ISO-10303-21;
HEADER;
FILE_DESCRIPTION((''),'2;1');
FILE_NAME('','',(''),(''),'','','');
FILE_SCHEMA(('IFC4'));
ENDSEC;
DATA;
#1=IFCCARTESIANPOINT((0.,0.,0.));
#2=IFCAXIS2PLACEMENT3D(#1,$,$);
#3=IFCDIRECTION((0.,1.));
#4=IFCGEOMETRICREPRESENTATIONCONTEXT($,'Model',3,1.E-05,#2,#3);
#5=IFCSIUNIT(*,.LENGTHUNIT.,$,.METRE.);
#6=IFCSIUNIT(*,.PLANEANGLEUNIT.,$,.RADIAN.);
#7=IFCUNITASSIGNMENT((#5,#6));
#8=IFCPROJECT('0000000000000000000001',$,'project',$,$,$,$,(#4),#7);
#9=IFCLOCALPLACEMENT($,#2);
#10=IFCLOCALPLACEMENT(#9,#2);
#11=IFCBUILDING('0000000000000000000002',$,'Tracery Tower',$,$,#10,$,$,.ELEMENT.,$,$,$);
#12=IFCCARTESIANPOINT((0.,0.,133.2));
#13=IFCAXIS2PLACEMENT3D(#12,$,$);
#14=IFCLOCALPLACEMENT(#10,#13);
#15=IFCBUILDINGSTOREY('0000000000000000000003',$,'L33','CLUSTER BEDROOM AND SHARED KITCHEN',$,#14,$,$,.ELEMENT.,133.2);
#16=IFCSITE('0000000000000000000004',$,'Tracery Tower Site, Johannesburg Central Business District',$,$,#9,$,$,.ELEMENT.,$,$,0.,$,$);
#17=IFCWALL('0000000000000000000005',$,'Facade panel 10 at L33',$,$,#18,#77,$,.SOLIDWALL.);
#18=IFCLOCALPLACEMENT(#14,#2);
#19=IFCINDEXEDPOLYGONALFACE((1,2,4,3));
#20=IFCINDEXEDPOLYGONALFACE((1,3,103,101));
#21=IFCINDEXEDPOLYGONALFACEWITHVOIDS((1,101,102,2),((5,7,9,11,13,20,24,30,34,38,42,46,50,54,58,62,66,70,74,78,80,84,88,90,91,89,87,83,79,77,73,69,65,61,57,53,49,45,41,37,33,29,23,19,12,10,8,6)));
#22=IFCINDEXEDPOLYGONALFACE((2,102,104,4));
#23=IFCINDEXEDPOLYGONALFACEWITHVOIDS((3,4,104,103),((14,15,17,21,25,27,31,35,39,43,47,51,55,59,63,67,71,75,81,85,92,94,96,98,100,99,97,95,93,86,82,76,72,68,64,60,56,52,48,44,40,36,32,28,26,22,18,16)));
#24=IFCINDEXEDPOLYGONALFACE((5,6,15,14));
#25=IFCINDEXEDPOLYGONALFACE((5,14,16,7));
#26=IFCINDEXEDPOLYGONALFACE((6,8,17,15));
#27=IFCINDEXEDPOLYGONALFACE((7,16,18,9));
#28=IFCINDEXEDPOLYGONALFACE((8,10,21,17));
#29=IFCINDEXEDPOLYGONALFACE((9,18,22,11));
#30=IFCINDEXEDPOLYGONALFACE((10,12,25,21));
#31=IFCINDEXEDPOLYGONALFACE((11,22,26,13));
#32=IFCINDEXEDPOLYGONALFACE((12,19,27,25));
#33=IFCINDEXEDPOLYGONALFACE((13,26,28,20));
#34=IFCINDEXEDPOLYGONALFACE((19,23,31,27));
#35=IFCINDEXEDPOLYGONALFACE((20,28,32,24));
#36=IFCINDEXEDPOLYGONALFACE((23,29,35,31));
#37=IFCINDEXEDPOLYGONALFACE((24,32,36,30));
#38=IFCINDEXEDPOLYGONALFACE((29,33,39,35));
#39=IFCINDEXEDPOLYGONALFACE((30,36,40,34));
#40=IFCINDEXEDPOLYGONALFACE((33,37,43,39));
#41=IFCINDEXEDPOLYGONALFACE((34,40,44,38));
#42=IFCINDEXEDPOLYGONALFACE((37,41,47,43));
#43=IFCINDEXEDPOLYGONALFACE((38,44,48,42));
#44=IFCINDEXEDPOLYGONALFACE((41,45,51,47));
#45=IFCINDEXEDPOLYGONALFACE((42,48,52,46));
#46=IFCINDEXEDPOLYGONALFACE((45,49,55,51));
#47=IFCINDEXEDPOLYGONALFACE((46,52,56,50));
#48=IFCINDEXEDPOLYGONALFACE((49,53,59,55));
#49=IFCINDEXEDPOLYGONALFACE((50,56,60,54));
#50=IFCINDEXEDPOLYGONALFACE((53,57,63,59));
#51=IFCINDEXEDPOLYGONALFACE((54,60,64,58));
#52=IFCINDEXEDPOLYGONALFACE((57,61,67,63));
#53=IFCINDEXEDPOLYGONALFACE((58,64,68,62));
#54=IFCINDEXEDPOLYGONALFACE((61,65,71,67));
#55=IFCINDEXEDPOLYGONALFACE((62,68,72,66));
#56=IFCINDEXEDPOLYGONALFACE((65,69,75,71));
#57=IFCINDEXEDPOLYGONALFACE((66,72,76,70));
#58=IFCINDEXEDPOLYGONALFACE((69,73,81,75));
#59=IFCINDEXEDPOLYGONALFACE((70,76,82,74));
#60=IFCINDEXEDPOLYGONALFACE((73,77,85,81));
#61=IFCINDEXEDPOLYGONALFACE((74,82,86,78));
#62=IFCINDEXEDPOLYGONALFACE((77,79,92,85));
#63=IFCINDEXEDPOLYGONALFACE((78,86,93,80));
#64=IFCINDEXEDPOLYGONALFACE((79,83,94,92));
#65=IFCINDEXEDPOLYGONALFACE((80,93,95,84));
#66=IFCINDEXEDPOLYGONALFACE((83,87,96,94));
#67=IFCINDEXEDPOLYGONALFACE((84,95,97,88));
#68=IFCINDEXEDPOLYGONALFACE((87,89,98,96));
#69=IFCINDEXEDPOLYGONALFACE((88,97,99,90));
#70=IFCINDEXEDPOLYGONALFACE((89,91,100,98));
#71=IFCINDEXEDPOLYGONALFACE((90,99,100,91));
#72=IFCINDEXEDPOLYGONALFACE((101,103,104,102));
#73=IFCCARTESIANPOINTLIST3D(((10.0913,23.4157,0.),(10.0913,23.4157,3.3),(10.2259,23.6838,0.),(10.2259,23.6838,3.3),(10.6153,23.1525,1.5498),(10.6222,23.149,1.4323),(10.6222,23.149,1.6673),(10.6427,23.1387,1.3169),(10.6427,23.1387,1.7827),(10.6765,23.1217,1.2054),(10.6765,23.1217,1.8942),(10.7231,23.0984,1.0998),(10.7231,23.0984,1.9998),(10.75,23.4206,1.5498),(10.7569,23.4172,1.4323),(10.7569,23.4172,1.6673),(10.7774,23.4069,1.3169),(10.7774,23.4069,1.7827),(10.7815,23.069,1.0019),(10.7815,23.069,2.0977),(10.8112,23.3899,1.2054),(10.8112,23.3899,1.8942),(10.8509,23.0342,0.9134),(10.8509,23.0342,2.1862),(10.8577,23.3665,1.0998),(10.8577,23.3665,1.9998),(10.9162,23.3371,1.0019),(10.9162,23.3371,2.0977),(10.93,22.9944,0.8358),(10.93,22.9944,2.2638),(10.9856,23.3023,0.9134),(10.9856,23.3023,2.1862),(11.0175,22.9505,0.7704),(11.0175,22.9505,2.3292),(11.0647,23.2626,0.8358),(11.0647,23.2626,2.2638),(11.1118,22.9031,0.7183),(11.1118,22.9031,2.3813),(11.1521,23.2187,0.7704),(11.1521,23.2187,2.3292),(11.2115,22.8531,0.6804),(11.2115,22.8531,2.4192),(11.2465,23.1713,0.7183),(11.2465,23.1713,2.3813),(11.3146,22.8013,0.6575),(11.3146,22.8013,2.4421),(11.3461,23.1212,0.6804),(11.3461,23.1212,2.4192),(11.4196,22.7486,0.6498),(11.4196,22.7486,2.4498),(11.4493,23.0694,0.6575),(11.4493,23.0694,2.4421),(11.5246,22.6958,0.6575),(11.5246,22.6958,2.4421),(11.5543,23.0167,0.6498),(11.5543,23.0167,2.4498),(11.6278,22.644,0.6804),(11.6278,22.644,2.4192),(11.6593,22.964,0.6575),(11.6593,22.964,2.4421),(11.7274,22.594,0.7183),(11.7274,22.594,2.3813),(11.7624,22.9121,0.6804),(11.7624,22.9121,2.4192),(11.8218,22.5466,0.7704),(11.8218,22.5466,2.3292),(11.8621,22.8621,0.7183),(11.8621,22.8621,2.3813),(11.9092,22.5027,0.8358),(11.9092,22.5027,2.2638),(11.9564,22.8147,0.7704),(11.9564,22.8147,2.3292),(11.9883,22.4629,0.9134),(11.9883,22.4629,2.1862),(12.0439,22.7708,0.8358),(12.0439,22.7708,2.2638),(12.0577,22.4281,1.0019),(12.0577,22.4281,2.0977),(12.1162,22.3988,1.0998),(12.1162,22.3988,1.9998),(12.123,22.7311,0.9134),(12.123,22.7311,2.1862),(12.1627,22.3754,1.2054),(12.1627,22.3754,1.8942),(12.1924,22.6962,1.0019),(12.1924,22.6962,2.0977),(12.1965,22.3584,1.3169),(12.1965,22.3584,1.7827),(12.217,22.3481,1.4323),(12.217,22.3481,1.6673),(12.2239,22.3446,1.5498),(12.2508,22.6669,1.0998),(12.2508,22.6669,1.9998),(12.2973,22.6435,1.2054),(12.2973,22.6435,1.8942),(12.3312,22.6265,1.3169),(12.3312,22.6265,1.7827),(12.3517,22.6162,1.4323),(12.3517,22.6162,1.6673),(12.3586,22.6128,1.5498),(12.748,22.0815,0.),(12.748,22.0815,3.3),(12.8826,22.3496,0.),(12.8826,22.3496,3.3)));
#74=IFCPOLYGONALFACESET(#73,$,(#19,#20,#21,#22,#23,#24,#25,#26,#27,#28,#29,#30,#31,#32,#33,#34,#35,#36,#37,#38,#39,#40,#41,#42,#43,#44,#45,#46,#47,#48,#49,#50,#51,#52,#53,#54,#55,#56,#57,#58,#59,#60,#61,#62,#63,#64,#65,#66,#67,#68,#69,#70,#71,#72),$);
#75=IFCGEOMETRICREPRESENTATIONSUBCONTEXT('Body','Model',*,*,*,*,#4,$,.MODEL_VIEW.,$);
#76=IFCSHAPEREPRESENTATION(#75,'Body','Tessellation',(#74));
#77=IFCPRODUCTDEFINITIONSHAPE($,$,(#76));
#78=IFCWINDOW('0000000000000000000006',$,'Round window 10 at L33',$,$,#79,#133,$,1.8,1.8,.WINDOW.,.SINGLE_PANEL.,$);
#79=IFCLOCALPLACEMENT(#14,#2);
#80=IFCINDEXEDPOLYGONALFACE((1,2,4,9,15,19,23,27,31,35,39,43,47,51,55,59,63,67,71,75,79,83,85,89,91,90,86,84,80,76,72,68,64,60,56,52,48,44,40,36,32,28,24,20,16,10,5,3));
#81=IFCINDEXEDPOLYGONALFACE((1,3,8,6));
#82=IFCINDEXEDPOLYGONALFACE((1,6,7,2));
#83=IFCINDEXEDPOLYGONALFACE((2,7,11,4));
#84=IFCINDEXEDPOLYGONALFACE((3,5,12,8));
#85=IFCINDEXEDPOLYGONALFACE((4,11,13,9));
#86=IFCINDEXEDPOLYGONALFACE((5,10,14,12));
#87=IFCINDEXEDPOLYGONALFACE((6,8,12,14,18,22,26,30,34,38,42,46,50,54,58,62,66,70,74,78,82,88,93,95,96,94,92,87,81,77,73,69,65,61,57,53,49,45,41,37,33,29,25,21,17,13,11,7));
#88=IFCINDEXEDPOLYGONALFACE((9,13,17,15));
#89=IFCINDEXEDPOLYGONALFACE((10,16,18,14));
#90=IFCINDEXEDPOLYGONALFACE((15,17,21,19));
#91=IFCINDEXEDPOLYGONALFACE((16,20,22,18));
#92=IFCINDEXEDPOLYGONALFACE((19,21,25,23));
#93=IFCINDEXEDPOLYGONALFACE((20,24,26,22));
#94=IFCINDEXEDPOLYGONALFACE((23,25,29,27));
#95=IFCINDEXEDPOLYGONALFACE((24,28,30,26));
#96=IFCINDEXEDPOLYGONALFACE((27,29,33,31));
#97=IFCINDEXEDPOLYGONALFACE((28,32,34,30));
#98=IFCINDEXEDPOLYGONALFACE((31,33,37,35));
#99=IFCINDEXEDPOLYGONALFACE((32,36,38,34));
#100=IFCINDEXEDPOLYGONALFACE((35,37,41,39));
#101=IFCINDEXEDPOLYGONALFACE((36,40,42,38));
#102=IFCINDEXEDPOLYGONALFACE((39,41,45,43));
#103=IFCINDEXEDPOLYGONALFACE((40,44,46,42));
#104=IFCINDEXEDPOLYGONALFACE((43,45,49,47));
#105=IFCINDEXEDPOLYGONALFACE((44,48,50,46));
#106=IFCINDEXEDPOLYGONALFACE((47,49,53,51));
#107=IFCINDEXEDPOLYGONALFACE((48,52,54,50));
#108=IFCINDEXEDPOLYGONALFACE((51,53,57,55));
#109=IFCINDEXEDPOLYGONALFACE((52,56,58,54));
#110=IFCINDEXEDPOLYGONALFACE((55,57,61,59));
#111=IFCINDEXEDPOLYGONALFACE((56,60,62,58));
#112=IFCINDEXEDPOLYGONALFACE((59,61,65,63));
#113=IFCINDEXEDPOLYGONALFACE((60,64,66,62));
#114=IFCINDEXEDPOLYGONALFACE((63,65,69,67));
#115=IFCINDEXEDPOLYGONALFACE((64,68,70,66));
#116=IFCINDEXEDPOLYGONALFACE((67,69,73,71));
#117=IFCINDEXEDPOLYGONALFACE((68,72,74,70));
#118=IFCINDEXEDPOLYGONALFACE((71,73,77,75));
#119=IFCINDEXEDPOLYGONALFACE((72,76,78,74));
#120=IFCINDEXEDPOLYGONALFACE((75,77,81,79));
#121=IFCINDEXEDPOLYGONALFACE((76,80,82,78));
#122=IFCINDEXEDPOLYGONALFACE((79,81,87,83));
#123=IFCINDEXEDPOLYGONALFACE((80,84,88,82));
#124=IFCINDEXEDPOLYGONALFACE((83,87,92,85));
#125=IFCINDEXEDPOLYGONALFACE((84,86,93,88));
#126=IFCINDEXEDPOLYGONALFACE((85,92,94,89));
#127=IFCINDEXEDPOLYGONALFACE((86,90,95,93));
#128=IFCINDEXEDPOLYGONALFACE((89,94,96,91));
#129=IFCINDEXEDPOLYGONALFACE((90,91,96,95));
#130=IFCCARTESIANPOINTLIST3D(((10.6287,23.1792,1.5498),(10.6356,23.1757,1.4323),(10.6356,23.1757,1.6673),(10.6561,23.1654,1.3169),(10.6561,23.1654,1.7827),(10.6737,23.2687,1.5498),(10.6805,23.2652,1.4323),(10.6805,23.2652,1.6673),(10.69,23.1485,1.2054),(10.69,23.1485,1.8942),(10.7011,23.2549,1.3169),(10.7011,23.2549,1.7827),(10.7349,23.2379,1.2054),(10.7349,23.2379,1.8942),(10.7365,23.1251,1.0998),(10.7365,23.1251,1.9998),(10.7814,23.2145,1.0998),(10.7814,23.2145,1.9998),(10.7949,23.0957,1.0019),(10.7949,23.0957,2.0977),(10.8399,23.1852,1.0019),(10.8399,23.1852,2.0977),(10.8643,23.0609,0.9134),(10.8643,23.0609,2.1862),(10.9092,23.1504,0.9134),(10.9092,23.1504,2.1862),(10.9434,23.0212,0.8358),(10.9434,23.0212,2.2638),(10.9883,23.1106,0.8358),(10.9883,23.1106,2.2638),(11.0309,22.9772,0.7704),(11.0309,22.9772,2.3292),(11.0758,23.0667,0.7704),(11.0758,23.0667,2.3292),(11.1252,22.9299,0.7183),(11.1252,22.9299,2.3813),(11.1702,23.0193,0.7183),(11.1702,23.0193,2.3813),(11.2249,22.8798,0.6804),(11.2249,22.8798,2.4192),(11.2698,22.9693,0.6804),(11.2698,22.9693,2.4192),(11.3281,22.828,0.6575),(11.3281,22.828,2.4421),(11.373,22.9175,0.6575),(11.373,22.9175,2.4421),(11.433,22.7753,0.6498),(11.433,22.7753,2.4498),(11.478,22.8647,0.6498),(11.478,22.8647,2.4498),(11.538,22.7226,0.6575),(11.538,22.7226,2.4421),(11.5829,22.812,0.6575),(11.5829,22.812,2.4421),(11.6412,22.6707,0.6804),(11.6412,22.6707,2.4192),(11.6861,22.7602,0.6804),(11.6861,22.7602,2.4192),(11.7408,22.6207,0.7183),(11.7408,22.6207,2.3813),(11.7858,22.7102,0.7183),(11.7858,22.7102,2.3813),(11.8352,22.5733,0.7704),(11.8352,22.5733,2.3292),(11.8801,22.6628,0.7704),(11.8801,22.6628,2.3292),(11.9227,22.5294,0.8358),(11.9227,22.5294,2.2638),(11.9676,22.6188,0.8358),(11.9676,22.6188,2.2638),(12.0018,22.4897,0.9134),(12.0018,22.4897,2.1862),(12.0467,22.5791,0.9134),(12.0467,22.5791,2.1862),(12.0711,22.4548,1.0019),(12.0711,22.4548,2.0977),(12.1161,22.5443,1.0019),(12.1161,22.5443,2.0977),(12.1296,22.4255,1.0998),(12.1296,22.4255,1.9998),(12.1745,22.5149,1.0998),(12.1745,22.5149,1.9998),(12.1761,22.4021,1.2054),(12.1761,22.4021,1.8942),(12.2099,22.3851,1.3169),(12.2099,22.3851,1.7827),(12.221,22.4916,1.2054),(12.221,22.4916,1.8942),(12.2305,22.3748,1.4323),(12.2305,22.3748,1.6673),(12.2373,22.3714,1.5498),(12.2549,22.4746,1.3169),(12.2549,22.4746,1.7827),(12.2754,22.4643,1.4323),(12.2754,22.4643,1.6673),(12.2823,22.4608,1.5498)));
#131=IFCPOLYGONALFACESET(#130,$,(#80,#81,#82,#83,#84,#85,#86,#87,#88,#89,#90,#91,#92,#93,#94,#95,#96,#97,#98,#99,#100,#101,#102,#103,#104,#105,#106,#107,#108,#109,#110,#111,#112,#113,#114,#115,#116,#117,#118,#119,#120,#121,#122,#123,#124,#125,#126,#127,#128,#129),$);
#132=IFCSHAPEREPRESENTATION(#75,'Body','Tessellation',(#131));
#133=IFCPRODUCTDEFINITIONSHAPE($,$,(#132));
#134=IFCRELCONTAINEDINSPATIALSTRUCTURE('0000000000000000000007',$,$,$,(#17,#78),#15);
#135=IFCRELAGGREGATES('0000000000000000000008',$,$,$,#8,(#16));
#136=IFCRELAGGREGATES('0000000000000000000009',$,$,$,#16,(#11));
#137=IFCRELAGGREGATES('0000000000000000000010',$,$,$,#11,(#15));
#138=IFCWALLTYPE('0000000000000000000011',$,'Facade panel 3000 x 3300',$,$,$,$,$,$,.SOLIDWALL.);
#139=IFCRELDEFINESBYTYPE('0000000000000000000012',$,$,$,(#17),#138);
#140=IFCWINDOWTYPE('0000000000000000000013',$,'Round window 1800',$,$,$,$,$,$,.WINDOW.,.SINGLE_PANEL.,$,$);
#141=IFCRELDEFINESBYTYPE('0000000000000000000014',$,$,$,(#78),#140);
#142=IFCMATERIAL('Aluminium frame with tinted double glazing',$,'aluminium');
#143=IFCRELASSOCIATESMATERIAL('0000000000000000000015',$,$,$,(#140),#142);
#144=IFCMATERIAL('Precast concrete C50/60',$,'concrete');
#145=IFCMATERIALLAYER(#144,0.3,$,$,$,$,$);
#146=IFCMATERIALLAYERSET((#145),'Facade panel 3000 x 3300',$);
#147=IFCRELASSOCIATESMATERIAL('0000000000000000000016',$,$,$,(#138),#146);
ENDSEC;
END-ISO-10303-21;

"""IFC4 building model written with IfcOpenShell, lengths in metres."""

from ifc_helpers import new_model, si_unit, direction, frame, frame_2d, origin, origin_2d, place, context, subcontext, project, spatial, rectangle, circle, extrude, material, layer, layer_set, type_object, element, fill, save


model = new_model("IFC4")

# Units and contexts
model_context = context("Model", 3, precision=1e-05, world=origin(), true_north=direction((0.0, 1.0)))
body_context = subcontext(model_context, "Body", "Model", "MODEL_VIEW")
ifc_project = project(units=[si_unit("LENGTHUNIT", "METRE"), si_unit("PLANEANGLEUNIT", "RADIAN")], contexts=[model_context])

# Site, building, storey
site_placement = place(None, origin())
site = spatial("IfcSite", under=ifc_project, at=site_placement, Name="Tracery Tower Site, Johannesburg Central Business District", CompositionType="ELEMENT", RefElevation=0.0)
building_placement = place(site_placement, origin())
building = spatial("IfcBuilding", under=site, at=building_placement, Name="Tracery Tower", CompositionType="ELEMENT")
storey_placement = place(building_placement, frame((0.0, 0.0, 133.2)))
storey = spatial("IfcBuildingStorey", under=building, at=storey_placement, Name="L33", Description="CLUSTER BEDROOM AND SHARED KITCHEN", CompositionType="ELEMENT", Elevation=133.2)

# Wall, opening, window
ifc_material_1 = material(Name="Aluminium frame with tinted double glazing", Category="aluminium")
window_type = type_object("IfcWindowType", Name="Round window 1800", PartitioningType="SINGLE_PANEL", PredefinedType="WINDOW", material=ifc_material_1)
ifc_material_2 = material(Name="Precast concrete C50/60", Category="concrete")
ifc_layer_1 = layer(ifc_material_2, 0.3)
ifc_layer_set_1 = layer_set([ifc_layer_1], Name="Facade panel 3000 x 3300")
wall_type_1 = type_object("IfcWallType", Name="Facade panel 3000 x 3300", PredefinedType="SOLIDWALL", material=ifc_layer_set_1)
wall_1_placement = place(storey_placement, frame((12.8152, 22.2156, 0.0), z_axis=(0.0, 0.0, 1.0), x_axis=(-0.893637, 0.44879, 0.0)))
wall_1 = element("IfcWall", 1, at=wall_1_placement, inside=storey, type_object=wall_type_1, Name="Facade panel 10 at L33", PredefinedType="SOLIDWALL", context=body_context, shape_type="SweptSolid", body=[
    extrude(rectangle(XDim=2.9729, YDim=0.3, at=frame_2d((1.4863, 0.0))), origin(), (0.0, 0.0, 1.0), 3.3),
])
opening_1_placement = place(wall_1_placement, frame((1.4863, 0.0, 1.5498)))
opening_1 = element("IfcOpeningElement", 2, at=opening_1_placement, cuts=wall_1, PredefinedType="OPENING", context=body_context, shape_type="SweptSolid", body=[
    extrude(circle(Radius=0.9, at=origin_2d()), frame((0.0, 0.1599, 0.0), z_axis=(0.0, -1.0, 0.0), x_axis=(1.0, 0.0, 0.0)), (0.0, 0.0, 1.0), 0.3201),
])
window_1_placement = place(opening_1_placement, origin())
window_1 = element("IfcWindow", 3, at=window_1_placement, inside=storey, type_object=window_type, Name="Round window 10 at L33", OverallHeight=1.8, OverallWidth=1.8, PartitioningType="SINGLE_PANEL", PredefinedType="WINDOW", context=body_context, shape_type="SweptSolid", body=[
    extrude(circle(Radius=0.9, at=origin_2d()), frame((0.0, 0.1201, 0.0), z_axis=(0.0, -1.0, 0.0), x_axis=(1.0, 0.0, 0.0)), (0.0, 0.0, 1.0), 0.1001),
])
fill(opening_1, window_1)

save(model, "model.ifc")
